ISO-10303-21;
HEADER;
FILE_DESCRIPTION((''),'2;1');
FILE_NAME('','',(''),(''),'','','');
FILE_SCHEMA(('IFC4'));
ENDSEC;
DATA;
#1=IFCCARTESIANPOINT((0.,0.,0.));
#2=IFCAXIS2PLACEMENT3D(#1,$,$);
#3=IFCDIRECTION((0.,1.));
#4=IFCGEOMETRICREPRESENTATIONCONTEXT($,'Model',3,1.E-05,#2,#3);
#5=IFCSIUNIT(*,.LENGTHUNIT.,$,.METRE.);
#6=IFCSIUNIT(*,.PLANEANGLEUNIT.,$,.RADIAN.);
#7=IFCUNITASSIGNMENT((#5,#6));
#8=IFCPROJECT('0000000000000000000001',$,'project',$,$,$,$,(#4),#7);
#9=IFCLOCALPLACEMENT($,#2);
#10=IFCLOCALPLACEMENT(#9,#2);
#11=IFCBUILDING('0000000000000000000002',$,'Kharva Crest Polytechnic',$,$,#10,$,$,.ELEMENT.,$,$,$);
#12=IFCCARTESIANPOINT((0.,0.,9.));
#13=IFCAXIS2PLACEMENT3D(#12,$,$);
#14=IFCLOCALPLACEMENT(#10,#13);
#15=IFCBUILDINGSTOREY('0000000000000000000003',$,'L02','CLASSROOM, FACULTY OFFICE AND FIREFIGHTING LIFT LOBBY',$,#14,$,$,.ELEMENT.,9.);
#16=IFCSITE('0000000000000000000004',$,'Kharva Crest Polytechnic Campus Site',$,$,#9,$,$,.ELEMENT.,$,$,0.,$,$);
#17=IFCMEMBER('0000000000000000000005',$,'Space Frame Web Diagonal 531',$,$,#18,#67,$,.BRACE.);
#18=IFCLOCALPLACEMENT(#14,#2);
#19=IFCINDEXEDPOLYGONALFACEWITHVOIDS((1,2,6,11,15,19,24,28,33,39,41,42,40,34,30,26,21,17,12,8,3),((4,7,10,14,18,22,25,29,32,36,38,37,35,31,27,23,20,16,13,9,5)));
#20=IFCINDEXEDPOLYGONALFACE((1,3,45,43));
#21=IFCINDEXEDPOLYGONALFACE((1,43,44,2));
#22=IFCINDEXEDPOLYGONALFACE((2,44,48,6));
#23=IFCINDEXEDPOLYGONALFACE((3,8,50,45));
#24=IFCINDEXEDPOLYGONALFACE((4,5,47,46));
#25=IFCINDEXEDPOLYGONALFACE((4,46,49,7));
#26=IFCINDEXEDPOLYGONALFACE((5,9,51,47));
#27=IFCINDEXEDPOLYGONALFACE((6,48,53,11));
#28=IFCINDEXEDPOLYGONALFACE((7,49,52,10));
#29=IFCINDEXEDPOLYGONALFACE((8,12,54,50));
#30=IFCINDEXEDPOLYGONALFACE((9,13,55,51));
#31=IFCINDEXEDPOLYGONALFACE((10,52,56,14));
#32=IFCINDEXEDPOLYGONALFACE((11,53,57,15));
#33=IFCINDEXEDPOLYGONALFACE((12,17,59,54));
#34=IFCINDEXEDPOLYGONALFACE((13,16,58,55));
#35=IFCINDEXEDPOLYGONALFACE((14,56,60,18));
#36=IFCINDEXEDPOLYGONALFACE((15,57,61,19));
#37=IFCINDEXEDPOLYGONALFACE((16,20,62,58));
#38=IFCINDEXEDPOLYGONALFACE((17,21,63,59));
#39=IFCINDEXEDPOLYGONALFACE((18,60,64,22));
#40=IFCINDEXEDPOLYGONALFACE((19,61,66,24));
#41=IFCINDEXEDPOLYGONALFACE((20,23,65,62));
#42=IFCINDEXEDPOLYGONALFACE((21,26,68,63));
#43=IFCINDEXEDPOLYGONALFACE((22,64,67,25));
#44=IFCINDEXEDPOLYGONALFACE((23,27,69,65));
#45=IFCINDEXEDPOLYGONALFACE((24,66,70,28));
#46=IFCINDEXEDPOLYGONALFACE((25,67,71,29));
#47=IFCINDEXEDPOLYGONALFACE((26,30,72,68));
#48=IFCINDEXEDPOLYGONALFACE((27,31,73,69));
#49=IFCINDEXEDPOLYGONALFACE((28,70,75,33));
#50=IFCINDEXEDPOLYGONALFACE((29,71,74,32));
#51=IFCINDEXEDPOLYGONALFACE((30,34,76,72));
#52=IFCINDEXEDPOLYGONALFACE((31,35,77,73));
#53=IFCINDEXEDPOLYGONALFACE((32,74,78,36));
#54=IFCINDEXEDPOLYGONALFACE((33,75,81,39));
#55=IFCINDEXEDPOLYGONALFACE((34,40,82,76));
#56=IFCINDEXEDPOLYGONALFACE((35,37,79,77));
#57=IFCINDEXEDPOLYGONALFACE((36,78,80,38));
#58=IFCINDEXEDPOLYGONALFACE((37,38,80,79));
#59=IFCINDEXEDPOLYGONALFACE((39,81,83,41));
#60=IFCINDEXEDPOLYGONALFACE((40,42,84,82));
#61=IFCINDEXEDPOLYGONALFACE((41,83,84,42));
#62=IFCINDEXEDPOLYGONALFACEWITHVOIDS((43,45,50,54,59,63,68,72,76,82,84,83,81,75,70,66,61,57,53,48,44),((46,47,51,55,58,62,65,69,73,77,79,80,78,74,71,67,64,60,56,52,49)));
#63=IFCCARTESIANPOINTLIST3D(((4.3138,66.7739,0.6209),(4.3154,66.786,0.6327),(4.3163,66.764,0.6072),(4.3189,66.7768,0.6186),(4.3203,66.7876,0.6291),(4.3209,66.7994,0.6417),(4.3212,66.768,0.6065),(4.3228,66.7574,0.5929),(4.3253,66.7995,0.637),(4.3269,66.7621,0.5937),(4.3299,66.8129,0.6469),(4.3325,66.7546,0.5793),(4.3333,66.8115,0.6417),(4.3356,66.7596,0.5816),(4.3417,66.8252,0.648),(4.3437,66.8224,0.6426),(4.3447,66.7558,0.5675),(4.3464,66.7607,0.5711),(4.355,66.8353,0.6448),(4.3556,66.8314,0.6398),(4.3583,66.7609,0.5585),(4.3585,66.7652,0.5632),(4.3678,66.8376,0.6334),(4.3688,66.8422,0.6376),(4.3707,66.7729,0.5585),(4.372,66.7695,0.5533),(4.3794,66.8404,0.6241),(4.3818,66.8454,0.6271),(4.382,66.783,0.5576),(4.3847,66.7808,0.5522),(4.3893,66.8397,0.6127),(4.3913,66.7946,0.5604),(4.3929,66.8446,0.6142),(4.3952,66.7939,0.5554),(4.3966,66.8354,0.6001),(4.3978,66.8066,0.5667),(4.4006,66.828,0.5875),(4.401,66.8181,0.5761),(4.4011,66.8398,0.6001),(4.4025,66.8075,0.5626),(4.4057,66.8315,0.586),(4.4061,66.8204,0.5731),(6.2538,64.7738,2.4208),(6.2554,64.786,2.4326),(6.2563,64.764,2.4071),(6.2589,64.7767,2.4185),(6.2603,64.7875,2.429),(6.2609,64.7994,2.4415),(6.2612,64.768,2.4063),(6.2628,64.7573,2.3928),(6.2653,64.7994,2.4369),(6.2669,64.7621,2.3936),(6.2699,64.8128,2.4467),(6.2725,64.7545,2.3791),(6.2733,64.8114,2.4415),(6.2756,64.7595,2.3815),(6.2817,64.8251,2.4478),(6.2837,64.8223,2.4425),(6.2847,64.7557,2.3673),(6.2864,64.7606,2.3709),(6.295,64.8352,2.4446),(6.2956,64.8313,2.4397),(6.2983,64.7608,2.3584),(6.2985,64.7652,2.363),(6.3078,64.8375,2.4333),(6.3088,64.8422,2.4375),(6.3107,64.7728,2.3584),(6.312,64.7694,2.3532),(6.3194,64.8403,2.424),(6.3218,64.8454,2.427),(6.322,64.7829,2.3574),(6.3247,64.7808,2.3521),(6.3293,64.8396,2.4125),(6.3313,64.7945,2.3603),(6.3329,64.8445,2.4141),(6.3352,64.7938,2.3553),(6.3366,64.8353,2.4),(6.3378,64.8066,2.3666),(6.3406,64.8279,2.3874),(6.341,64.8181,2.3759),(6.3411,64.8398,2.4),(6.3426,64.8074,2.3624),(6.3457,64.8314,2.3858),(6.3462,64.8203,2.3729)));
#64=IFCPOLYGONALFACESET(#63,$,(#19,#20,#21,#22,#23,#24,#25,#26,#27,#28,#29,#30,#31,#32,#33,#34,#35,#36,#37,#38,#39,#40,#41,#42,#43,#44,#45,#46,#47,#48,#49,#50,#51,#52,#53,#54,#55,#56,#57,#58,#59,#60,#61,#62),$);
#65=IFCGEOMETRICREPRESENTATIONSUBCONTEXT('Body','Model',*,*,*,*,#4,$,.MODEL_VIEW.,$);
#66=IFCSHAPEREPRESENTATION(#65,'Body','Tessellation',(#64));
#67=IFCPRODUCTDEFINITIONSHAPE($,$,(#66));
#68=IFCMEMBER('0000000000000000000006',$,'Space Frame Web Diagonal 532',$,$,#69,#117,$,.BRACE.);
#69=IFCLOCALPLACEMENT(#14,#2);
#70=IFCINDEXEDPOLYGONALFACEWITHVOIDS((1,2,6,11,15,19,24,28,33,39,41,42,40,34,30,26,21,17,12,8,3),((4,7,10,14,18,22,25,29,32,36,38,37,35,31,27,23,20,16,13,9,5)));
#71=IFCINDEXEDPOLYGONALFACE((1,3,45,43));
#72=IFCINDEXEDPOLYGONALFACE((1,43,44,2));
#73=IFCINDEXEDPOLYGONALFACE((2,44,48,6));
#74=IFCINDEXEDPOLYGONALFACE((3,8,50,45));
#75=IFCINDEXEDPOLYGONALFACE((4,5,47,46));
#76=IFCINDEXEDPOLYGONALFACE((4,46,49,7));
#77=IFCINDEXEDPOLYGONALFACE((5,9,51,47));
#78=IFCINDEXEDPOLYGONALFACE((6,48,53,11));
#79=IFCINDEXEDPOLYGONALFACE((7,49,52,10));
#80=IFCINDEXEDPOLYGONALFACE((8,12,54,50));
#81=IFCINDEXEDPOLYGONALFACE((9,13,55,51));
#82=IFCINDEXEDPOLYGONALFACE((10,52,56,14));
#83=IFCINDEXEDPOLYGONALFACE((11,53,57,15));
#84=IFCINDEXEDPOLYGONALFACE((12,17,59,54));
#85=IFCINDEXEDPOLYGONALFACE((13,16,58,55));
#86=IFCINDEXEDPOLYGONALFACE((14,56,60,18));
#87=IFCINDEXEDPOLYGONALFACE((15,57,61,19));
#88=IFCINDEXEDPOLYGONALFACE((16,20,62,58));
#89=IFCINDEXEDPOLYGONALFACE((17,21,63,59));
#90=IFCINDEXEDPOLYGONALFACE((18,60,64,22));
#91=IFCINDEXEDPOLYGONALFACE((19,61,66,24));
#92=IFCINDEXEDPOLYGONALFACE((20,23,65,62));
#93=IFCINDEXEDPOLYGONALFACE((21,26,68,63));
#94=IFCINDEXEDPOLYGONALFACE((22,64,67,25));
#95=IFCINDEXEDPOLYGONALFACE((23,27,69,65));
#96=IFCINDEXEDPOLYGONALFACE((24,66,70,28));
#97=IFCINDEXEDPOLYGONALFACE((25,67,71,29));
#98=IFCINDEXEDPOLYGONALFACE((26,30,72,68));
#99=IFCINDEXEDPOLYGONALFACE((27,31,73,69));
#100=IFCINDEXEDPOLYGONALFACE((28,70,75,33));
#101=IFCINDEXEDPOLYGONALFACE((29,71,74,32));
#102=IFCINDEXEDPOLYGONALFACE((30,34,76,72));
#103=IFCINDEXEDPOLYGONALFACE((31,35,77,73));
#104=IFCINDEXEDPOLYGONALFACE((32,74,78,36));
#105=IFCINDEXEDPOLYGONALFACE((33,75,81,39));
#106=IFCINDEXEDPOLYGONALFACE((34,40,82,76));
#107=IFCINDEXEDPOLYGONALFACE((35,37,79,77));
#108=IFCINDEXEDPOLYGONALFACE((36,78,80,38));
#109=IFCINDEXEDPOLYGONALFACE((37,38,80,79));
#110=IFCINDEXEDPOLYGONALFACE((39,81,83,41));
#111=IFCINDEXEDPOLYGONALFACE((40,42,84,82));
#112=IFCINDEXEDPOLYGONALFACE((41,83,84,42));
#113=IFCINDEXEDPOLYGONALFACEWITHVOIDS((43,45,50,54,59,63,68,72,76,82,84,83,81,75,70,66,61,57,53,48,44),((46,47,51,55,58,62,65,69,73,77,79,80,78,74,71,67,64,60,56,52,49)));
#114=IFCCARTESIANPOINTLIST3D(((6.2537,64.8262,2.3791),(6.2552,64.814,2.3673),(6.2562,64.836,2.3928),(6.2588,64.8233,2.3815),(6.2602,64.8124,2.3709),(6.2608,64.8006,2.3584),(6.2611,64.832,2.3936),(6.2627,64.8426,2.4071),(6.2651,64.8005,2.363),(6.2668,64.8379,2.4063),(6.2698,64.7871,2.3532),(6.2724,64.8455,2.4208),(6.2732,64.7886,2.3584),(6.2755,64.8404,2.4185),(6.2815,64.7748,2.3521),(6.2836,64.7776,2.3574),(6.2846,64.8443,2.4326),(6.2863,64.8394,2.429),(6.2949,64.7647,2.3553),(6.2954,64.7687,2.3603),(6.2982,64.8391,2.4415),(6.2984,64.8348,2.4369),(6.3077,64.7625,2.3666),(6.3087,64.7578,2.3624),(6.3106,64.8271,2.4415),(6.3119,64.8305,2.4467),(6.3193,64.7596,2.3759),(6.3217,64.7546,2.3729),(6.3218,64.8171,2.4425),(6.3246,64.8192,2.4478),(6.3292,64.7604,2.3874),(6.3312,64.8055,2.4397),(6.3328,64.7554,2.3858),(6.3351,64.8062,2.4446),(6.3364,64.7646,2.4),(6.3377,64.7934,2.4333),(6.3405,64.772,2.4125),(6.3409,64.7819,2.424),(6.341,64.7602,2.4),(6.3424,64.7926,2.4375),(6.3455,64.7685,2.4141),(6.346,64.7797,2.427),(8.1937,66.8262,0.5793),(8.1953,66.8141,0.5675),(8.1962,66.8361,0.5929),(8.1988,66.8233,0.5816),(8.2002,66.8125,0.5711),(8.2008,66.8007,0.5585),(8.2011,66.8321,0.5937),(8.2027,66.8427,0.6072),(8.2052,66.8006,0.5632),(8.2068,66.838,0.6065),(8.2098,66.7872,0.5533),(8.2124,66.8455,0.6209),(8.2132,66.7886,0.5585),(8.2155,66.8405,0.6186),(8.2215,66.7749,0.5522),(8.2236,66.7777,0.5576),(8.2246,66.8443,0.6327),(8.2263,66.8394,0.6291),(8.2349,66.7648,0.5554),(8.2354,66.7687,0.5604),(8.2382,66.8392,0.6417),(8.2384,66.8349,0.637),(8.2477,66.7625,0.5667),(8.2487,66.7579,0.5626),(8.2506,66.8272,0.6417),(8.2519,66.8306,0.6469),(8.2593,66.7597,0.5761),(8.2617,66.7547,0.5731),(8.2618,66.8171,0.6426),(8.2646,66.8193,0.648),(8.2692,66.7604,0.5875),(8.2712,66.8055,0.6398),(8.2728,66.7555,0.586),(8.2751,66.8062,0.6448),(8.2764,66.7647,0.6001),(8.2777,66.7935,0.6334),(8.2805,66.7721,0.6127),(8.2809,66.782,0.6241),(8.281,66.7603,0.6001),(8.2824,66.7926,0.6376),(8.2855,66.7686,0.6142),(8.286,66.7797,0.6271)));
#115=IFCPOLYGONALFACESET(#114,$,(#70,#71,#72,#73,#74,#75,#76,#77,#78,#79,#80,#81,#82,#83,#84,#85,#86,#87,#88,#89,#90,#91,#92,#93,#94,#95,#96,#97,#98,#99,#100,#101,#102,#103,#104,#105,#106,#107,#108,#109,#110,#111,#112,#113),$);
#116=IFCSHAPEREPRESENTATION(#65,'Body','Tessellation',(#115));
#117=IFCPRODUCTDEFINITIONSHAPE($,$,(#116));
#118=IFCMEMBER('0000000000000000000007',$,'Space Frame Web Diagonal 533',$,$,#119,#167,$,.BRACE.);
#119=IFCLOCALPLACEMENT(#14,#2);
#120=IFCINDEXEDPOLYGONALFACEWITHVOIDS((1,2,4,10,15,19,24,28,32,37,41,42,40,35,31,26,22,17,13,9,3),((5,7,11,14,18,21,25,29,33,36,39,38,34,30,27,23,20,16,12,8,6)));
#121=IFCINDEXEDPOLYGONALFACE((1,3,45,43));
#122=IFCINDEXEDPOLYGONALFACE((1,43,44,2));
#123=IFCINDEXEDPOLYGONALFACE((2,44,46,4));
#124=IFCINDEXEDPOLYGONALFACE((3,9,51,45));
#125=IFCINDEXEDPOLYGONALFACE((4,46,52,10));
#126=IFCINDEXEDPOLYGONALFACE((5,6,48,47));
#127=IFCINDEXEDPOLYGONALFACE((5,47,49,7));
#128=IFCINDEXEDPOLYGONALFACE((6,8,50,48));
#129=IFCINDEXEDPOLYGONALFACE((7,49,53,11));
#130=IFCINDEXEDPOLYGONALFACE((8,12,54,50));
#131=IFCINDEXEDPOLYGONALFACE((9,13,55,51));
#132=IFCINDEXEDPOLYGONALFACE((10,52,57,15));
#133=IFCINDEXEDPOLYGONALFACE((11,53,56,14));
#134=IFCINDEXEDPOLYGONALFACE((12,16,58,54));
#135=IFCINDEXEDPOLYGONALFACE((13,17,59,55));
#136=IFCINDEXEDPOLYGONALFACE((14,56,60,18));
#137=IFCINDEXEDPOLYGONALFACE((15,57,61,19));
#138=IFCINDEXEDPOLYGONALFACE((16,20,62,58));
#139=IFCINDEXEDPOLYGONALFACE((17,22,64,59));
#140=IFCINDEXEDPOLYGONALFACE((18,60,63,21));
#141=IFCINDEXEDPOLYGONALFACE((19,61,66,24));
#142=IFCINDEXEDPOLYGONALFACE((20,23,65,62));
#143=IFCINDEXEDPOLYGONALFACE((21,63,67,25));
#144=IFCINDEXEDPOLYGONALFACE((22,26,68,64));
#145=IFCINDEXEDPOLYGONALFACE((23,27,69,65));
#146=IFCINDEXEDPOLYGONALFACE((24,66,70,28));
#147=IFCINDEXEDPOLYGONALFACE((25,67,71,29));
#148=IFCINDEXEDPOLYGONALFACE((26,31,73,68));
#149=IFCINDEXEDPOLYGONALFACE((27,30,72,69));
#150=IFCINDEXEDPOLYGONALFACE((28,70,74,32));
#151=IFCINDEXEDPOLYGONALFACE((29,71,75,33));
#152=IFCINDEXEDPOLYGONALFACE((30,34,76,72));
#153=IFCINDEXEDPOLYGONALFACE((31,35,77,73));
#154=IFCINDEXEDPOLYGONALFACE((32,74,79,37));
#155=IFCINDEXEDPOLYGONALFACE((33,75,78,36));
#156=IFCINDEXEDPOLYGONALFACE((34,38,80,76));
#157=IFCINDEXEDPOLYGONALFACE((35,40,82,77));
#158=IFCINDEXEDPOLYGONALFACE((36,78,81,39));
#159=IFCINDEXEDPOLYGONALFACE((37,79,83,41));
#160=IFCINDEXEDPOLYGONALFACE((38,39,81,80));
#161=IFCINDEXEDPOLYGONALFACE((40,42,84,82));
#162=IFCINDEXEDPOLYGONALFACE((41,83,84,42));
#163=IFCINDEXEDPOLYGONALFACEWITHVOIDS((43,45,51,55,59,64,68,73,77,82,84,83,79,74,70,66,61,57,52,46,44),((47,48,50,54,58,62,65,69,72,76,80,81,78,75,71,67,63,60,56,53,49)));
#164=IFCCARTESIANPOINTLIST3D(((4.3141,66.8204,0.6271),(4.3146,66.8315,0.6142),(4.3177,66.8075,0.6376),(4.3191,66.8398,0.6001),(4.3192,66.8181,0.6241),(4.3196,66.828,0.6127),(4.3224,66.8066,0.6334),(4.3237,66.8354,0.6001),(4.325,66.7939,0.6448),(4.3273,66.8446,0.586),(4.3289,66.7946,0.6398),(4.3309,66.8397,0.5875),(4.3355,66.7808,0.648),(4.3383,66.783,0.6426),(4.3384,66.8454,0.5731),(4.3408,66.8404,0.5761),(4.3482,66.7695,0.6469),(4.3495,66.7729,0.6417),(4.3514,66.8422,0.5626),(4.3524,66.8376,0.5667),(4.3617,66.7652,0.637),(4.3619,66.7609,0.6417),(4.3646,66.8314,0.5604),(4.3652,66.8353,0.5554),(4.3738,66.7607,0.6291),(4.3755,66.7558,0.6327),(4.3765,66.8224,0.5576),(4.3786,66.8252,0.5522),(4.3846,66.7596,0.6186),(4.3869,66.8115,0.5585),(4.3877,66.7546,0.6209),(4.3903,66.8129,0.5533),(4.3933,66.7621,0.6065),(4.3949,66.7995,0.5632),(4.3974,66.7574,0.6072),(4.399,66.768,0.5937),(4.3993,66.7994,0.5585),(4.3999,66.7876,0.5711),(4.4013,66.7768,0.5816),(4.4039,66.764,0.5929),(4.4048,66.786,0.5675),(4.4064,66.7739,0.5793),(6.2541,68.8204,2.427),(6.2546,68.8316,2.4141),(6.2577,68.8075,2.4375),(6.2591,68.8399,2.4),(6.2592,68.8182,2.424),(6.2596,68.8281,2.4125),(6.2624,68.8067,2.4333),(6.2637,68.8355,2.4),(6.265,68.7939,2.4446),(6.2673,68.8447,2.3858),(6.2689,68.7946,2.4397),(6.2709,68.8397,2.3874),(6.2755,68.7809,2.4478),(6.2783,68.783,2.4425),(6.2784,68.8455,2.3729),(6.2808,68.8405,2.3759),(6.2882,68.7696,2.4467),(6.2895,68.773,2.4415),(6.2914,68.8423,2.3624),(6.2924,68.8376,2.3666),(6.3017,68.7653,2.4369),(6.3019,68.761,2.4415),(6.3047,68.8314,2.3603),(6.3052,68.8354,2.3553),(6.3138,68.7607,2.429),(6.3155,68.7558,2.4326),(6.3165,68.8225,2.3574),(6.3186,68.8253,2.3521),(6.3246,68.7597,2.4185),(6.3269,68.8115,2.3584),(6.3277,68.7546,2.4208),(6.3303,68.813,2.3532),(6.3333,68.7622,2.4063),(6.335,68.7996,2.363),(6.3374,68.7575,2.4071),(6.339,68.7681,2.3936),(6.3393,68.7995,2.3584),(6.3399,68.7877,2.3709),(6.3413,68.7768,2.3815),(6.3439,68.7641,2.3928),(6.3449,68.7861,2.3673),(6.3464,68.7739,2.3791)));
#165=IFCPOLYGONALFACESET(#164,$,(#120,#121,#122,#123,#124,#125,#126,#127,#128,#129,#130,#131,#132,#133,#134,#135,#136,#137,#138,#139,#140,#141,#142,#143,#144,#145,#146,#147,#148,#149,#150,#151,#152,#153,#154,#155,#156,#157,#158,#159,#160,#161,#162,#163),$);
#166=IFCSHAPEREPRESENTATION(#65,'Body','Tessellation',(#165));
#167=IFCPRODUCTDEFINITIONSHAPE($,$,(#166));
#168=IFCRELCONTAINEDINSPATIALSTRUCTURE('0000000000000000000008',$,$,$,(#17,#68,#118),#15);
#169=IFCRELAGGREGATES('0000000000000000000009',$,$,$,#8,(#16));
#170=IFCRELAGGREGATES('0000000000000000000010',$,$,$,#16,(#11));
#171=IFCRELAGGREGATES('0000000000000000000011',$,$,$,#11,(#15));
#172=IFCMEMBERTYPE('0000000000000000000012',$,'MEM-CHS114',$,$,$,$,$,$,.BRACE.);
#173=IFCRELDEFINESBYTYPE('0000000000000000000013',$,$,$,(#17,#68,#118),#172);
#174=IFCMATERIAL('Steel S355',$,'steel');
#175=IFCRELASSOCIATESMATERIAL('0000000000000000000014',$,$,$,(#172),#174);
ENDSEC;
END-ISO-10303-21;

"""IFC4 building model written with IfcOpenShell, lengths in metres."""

from ifc_helpers import new_model, si_unit, direction, frame, origin, origin_2d, place, context, subcontext, project, spatial, hollow_circle, extrude, material, material_profile, profile_set, type_object, element, save


model = new_model("IFC4")

# Units and contexts
model_context = context("Model", 3, precision=1e-05, world=origin(), true_north=direction((0.0, 1.0)))
body_context = subcontext(model_context, "Body", "Model", "MODEL_VIEW")
ifc_project = project(units=[si_unit("LENGTHUNIT", "METRE"), si_unit("PLANEANGLEUNIT", "RADIAN")], contexts=[model_context])

# Site, building, storey
site_placement = place(None, origin())
site = spatial("IfcSite", under=ifc_project, at=site_placement, Name="Kharva Crest Polytechnic Campus Site", CompositionType="ELEMENT", RefElevation=0.0)
building_placement = place(site_placement, origin())
building = spatial("IfcBuilding", under=site, at=building_placement, Name="Kharva Crest Polytechnic", CompositionType="ELEMENT")
storey_placement = place(building_placement, frame((0.0, 0.0, 9.0)))
storey = spatial("IfcBuildingStorey", under=building, at=storey_placement, Name="L02", Description="CLASSROOM, FACULTY OFFICE AND FIREFIGHTING LIFT LOBBY", CompositionType="ELEMENT", Elevation=9.0)

# Shared definitions
ifc_material_1 = material(Name="Steel S355", Category="steel")

# Members
ifc_material_profile_1 = material_profile(ifc_material_1, hollow_circle(Radius=0.0571, WallThickness=0.0063, at=origin_2d()), Name="CHS 114.3X6.3")
ifc_profile_set_1 = profile_set([ifc_material_profile_1], Name="Steel S355")
member_type_1 = type_object("IfcMemberType", Name="MEM-CHS114", PredefinedType="BRACE", material=ifc_profile_set_1)
for number, where, z_axis, x_axis, name in (
    (1, (4.3601, 66.8, 0.6001), (0.584843, -0.60295, 0.542596), (0.717802, 0.696247, 0.0), "Space Frame Web Diagonal 531"),
    (2, (8.24, 66.8, 0.6001), (-0.584843, -0.60295, 0.542596), (0.717802, -0.696247, 0.0), "Space Frame Web Diagonal 532"),
    (3, (4.3601, 66.8, 0.6001), (0.584843, 0.60295, 0.542596), (-0.717802, 0.696247, 0.0), "Space Frame Web Diagonal 533"),
):
    element("IfcMember", number, at=place(storey_placement, frame(where, z_axis=z_axis, x_axis=x_axis)), inside=storey, type_object=member_type_1, Name=name, PredefinedType="BRACE", context=body_context, shape_type="SweptSolid", body=[
        extrude(hollow_circle(Radius=0.0571, WallThickness=0.0063, at=origin_2d()), origin(), (0.0, 0.0, 1.0), 3.3171),
    ])

save(model, "model.ifc")
